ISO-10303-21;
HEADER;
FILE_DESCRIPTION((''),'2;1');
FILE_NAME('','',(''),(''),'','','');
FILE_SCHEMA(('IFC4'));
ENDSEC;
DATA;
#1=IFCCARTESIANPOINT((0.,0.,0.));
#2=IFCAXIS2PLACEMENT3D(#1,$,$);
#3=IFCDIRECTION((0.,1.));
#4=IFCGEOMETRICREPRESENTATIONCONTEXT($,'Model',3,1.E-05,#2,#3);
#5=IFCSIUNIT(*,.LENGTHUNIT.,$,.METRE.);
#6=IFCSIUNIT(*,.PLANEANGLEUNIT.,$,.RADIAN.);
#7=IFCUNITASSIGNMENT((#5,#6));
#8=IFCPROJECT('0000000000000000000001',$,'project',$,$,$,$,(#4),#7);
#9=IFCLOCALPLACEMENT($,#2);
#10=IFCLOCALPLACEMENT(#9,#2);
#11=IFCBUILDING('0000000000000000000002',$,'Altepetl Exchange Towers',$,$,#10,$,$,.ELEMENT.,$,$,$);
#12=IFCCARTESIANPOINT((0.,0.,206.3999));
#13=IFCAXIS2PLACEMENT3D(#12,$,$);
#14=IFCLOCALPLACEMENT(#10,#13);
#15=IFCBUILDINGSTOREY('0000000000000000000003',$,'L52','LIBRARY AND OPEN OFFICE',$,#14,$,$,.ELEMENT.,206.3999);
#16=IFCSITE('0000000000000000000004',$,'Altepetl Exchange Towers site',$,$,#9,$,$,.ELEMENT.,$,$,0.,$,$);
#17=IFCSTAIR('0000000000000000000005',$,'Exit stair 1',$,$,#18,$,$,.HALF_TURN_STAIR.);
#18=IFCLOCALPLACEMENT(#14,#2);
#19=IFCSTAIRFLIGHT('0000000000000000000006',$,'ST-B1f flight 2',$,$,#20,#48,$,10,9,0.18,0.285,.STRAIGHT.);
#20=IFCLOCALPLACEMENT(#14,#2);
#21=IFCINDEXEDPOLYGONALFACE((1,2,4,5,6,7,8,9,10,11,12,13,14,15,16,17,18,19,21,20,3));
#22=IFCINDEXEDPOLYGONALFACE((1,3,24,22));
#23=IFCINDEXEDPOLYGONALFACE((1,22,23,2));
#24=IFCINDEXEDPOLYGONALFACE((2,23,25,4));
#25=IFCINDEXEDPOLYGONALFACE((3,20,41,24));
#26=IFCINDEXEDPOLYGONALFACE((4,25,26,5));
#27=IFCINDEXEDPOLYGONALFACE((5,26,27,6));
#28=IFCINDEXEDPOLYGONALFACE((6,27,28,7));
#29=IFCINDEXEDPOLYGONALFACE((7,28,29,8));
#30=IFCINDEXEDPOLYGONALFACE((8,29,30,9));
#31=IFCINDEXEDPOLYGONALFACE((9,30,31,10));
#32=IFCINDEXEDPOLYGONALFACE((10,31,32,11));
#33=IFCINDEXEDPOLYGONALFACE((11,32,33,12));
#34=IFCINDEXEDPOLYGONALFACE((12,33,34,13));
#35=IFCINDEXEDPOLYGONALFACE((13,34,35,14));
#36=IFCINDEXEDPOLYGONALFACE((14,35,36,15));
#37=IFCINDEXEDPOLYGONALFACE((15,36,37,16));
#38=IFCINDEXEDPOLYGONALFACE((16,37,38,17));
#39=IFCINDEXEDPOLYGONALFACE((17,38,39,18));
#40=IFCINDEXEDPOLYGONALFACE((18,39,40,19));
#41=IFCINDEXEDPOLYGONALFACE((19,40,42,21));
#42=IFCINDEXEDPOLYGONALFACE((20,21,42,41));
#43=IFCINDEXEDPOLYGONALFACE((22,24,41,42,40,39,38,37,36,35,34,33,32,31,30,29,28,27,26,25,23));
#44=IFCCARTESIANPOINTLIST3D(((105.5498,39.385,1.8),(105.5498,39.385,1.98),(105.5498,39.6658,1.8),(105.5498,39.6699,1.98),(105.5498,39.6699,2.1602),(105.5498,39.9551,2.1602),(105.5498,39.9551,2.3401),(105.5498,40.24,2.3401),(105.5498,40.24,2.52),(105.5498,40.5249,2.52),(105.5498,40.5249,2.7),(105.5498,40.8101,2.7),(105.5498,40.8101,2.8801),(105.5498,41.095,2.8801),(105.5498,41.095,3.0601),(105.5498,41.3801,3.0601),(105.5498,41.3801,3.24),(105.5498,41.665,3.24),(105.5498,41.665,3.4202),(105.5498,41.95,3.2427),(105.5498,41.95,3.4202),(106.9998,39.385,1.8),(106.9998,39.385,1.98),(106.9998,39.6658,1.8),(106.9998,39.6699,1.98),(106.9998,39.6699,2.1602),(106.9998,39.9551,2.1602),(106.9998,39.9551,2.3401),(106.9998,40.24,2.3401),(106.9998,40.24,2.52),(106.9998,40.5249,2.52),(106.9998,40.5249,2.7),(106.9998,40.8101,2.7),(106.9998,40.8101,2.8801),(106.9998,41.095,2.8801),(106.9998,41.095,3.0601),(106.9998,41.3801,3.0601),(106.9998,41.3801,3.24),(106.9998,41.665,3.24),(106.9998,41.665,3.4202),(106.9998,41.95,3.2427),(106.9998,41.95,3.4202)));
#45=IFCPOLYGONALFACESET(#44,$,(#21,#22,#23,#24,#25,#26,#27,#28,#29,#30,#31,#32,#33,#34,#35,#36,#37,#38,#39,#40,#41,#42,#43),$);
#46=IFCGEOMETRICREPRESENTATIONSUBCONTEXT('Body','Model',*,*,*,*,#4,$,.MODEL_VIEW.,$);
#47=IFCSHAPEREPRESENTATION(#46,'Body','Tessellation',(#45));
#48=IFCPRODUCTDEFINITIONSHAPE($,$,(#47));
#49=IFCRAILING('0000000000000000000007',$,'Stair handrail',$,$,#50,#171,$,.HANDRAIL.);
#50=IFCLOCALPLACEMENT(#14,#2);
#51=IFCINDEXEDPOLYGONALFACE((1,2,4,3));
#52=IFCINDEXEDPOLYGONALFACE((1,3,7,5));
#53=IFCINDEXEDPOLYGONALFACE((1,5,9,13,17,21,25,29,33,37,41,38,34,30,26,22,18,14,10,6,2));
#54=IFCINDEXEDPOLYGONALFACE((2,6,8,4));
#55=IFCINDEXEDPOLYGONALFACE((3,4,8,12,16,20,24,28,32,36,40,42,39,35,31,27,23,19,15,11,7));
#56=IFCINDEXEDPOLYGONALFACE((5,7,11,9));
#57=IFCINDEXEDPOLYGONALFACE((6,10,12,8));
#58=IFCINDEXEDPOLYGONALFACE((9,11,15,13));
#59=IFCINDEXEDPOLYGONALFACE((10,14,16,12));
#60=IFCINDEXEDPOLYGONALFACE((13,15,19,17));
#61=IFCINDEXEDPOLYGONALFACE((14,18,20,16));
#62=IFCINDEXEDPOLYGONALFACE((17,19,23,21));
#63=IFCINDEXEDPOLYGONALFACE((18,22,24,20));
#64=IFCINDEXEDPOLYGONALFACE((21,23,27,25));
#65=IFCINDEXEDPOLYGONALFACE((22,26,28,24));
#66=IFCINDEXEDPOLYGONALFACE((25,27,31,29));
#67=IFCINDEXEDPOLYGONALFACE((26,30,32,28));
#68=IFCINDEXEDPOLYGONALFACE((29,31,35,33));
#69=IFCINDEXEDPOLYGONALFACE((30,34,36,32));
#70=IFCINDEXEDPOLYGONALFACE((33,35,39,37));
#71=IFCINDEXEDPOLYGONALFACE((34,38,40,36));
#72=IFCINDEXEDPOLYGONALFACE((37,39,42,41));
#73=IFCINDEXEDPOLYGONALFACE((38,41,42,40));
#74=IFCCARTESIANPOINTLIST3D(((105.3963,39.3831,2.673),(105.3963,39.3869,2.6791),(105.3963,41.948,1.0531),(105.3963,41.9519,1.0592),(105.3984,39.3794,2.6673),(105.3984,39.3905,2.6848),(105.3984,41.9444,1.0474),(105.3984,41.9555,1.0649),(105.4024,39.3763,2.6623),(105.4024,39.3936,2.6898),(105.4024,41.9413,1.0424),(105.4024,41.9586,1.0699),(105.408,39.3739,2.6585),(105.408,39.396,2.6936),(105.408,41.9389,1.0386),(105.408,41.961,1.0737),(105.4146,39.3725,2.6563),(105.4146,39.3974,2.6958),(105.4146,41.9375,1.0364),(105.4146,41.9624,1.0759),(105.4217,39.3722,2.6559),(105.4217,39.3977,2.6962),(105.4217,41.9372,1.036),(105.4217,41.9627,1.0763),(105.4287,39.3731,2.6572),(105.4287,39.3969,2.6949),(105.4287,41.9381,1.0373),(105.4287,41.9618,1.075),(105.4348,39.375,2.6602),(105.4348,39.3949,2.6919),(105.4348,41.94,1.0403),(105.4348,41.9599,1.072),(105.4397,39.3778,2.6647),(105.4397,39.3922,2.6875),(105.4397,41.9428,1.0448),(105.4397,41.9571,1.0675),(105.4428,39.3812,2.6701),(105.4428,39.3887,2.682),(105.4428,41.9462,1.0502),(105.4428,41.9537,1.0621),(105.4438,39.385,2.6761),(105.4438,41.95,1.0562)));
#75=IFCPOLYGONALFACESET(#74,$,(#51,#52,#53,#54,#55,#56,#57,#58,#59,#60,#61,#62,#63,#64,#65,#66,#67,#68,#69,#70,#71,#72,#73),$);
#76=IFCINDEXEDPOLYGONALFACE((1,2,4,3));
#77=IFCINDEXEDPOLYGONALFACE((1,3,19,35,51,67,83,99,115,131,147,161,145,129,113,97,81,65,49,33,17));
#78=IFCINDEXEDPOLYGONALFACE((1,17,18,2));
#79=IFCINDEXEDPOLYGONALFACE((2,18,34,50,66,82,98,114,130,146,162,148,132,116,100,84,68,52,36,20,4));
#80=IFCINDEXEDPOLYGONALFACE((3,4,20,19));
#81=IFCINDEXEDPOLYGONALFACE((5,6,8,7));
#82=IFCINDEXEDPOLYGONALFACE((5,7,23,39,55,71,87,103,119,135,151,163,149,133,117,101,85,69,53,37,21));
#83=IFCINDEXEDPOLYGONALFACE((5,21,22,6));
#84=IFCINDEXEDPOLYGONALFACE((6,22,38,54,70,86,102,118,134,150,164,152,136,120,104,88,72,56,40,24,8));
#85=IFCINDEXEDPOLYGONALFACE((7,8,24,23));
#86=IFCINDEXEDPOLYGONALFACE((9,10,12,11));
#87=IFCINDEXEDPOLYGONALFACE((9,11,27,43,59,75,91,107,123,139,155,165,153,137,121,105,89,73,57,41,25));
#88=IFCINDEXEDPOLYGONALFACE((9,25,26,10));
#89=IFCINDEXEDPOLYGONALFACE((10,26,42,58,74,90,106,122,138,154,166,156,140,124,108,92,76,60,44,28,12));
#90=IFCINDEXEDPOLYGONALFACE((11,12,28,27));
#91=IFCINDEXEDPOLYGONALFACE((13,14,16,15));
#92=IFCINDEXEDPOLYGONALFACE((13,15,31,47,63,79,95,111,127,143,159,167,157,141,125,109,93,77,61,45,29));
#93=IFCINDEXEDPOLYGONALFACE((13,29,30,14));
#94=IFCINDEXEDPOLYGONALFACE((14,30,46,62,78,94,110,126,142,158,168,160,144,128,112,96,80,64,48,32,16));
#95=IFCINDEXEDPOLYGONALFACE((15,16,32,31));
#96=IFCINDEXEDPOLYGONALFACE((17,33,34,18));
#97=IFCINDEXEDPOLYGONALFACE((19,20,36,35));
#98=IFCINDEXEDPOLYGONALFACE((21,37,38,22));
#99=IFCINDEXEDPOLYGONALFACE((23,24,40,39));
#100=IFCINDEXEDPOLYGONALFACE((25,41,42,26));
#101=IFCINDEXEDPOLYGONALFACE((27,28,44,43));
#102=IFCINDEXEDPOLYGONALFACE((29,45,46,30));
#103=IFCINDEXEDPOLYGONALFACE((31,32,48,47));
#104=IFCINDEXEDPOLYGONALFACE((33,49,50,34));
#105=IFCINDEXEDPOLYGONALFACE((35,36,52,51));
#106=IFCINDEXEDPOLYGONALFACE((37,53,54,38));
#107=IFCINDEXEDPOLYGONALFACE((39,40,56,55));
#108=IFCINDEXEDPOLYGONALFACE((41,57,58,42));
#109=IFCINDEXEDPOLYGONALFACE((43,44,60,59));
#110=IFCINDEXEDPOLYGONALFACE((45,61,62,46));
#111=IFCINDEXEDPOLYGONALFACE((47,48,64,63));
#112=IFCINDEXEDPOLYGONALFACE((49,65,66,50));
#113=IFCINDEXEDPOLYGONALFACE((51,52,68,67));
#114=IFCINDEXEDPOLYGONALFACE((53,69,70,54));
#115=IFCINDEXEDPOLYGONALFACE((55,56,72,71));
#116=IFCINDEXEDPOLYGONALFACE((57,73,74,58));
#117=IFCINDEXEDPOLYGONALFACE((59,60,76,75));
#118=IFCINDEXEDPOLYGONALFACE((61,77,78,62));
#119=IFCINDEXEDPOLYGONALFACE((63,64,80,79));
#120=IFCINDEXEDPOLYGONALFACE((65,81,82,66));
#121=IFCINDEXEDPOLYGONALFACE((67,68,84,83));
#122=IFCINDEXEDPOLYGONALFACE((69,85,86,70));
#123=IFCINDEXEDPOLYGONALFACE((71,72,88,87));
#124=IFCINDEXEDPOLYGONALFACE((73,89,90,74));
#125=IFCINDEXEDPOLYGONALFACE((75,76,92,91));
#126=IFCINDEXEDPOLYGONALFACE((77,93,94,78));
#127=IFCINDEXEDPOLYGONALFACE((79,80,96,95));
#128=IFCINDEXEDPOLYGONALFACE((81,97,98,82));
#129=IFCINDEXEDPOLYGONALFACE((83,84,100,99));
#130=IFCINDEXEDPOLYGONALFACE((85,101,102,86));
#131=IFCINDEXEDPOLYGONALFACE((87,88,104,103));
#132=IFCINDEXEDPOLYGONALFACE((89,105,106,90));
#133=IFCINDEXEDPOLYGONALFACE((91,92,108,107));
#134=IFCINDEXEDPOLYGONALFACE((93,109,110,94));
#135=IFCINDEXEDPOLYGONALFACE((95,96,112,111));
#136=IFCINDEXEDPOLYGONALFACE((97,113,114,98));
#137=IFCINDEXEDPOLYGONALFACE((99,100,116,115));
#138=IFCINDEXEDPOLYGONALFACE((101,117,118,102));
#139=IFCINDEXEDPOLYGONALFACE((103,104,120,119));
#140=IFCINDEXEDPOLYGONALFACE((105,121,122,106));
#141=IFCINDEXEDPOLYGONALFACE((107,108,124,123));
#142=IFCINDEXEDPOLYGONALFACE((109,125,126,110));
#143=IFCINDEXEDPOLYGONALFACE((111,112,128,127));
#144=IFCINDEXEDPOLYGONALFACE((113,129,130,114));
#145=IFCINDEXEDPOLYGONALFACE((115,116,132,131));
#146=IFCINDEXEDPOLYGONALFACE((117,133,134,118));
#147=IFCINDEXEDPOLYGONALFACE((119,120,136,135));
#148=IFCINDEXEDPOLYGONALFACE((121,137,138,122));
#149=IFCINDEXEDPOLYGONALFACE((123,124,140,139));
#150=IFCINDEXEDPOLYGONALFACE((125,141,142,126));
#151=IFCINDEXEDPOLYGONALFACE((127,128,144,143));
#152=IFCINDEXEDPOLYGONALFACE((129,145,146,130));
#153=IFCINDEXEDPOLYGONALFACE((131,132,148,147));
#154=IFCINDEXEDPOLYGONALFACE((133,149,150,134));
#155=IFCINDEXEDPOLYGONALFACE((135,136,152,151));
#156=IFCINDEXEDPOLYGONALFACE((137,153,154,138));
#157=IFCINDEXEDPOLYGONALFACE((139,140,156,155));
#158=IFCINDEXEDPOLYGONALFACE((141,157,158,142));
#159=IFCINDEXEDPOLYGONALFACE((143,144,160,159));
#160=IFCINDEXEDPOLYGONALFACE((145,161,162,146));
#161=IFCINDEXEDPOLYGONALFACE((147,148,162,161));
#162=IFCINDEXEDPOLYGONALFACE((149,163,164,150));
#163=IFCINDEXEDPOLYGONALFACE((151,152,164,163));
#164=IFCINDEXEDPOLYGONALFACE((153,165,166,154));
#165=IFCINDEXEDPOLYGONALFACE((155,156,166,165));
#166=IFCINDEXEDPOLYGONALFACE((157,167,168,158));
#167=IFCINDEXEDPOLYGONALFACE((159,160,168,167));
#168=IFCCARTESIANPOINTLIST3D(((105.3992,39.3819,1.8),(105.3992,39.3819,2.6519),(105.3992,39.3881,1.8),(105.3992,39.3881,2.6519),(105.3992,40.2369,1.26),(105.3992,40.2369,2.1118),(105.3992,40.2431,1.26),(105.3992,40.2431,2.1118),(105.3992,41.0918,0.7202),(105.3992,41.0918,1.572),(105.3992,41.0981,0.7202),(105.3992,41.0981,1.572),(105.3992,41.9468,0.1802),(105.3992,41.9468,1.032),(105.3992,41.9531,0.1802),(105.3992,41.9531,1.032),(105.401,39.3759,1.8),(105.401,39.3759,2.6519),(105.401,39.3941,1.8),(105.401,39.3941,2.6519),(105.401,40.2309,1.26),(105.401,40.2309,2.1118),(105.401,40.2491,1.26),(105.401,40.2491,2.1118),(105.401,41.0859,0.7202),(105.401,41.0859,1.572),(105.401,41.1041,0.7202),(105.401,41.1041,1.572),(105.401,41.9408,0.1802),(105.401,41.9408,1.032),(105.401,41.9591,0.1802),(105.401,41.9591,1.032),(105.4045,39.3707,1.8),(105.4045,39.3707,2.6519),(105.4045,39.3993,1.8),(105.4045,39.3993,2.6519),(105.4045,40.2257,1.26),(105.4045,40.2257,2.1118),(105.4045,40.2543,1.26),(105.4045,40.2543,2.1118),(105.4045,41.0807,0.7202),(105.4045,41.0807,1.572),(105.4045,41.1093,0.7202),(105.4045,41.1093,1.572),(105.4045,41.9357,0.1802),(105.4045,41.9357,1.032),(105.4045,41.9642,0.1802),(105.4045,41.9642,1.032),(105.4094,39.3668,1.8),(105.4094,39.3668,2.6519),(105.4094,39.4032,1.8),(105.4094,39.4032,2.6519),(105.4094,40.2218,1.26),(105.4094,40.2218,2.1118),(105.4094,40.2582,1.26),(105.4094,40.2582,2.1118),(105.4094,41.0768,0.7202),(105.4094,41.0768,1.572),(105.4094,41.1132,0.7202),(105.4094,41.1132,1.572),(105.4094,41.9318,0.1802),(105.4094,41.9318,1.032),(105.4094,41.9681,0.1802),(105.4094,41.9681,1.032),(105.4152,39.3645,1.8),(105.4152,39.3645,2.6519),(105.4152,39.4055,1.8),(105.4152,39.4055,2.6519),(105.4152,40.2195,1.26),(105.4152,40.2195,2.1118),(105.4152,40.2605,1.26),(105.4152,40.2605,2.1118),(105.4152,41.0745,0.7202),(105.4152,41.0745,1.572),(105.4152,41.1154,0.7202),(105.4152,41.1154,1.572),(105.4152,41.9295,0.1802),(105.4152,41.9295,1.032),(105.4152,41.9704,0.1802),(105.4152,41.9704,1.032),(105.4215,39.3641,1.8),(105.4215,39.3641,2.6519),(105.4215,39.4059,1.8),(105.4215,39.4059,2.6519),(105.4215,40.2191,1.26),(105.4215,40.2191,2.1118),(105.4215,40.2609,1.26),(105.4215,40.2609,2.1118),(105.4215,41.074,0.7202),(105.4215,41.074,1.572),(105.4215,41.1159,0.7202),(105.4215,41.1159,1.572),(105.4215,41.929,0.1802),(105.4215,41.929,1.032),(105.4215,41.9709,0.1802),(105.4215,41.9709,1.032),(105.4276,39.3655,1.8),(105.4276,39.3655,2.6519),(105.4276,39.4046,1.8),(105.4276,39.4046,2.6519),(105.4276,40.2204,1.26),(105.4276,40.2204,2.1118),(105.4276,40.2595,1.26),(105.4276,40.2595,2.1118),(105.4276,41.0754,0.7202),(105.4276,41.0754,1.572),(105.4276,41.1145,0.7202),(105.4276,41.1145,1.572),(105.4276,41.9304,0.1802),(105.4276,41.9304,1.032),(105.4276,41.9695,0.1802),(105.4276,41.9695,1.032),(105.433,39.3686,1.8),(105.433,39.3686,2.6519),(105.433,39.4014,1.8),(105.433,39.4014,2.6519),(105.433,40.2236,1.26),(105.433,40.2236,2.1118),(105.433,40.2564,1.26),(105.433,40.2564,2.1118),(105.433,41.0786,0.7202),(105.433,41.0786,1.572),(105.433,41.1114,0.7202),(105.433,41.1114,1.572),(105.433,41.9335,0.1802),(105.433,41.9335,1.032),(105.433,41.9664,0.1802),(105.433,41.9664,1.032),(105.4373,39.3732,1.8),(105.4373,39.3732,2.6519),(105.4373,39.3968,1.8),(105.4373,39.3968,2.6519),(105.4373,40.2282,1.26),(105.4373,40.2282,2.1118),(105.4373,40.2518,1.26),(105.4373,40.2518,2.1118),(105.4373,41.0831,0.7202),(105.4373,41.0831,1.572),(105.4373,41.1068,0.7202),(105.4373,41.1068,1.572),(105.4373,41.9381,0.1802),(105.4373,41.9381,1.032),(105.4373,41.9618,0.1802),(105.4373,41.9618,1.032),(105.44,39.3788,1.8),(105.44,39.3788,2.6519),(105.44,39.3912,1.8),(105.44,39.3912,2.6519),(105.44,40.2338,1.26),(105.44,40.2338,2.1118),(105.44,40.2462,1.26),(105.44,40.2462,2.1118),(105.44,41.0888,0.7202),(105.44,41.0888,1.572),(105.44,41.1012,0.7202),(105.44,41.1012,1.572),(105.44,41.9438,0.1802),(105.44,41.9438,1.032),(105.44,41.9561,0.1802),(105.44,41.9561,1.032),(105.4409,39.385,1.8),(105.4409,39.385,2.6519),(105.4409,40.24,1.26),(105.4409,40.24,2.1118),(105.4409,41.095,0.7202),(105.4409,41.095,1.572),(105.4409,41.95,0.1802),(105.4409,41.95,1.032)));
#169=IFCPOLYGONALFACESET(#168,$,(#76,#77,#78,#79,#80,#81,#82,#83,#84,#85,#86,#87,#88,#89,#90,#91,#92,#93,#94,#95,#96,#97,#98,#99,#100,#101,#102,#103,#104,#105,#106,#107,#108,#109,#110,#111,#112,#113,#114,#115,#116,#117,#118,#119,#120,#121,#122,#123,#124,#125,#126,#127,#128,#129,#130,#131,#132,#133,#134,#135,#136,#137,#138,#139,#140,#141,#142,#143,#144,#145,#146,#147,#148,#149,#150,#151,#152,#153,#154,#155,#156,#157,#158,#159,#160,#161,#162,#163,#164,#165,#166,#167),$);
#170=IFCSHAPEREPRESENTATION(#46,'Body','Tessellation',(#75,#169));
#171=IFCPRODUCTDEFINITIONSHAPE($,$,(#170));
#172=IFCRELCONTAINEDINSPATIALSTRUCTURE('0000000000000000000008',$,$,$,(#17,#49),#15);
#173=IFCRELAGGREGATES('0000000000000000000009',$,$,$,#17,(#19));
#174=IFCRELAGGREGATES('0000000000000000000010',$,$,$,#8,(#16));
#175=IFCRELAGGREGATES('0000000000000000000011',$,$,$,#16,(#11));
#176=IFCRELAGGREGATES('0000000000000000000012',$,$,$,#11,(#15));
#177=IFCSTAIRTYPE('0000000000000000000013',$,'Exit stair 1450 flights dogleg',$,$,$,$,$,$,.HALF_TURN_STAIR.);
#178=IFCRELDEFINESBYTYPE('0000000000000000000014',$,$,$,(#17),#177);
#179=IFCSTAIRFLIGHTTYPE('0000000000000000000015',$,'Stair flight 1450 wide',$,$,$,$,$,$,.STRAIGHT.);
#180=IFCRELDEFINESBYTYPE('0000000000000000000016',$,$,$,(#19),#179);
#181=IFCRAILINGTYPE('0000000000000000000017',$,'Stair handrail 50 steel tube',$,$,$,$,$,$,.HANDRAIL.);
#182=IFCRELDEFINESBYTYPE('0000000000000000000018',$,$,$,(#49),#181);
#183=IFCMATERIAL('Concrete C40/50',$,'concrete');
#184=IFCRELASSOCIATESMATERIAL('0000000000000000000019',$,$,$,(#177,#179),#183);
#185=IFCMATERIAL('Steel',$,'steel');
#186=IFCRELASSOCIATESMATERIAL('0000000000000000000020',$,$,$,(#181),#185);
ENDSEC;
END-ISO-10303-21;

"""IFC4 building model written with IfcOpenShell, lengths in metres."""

from ifc_helpers import new_model, si_unit, direction, frame, origin, origin_2d, place, context, subcontext, project, spatial, polyline, circle, outline, extrude, source, transform, mapped, material, type_object, element, aggregate, save


model = new_model("IFC4")

# Units and contexts
model_context = context("Model", 3, precision=1e-05, world=origin(), true_north=direction((0.0, 1.0)))
body_context = subcontext(model_context, "Body", "Model", "MODEL_VIEW")
ifc_project = project(units=[si_unit("LENGTHUNIT", "METRE"), si_unit("PLANEANGLEUNIT", "RADIAN")], contexts=[model_context])

# Site, building, storey
site_placement = place(None, origin())
site = spatial("IfcSite", under=ifc_project, at=site_placement, Name="Altepetl Exchange Towers site", CompositionType="ELEMENT", RefElevation=0.0)
building_placement = place(site_placement, origin())
building = spatial("IfcBuilding", under=site, at=building_placement, Name="Altepetl Exchange Towers", CompositionType="ELEMENT")
storey_placement = place(building_placement, frame((0.0, 0.0, 206.3999)))
storey = spatial("IfcBuildingStorey", under=building, at=storey_placement, Name="L52", Description="LIBRARY AND OPEN OFFICE", CompositionType="ELEMENT", Elevation=206.3999)

# Shared definitions
ifc_material_1 = material(Name="Concrete C40/50", Category="concrete")

# Stair, stair flight
stair_type = type_object("IfcStairType", Name="Exit stair 1450 flights dogleg", PredefinedType="HALF_TURN_STAIR", material=ifc_material_1)
stair_placement = place(storey_placement, origin())
stair = element("IfcStair", 1, at=stair_placement, inside=storey, type_object=stair_type, Name="Exit stair 1", PredefinedType="HALF_TURN_STAIR")
stair_flight_type = type_object("IfcStairFlightType", Name="Stair flight 1450 wide", PredefinedType="STRAIGHT", material=ifc_material_1)
stair_flight_1_placement = place(storey_placement, frame((106.2749, 39.385, 1.8), z_axis=(0.0, 0.0, 1.0), x_axis=(0.0, 1.0, 0.0)))
stair_flight_1 = element("IfcStairFlight", 2, at=stair_flight_1_placement, type_object=stair_flight_type, Name="ST-B1f flight 2", NumberOfRisers=10, NumberOfTreads=9, PredefinedType="STRAIGHT", RiserHeight=0.18, TreadLength=0.285, context=body_context, shape_type="SweptSolid", body=[
    extrude(outline(polyline([(0.0, 0.0), (0.0, 0.1799), (0.2849, 0.1799), (0.2849, 0.3601), (0.5701, 0.3601), (0.5701, 0.54), (0.855, 0.54), (0.855, 0.72), (1.1399, 0.72), (1.1399, 0.8999), (1.425, 0.8999), (1.425, 1.0801), (1.71, 1.0801), (1.71, 1.26), (1.9951, 1.26), (1.9951, 1.4399), (2.28, 1.4399), (2.28, 1.6201), (2.5649, 1.6201), (2.5649, 1.8), (2.5649, 1.4426), (0.2808, 0.0), (0.0, 0.0)])), frame((0.0, 0.7251, 0.0), z_axis=(0.0, -1.0, 0.0), x_axis=(1.0, 0.0, 0.0)), (0.0, 0.0, 1.0), 1.45),
])
aggregate(stair, [stair_flight_1])

# Railing
ifc_material_2 = material(Name="Steel", Category="steel")
railing_type = type_object("IfcRailingType", Name="Stair handrail 50 steel tube", PredefinedType="HANDRAIL", material=ifc_material_2)
shared_shape = source(origin(), body_context, "Body", "SweptSolid", [
    extrude(circle(Radius=0.021, at=origin_2d()), origin(), (0.0, 0.0, 1.0), 0.8518),
])
railing_1_placement = place(storey_placement, frame((105.4199, 41.95, 0.1802)))
element("IfcRailing", 3, at=railing_1_placement, inside=storey, type_object=railing_type, Name="Stair handrail", PredefinedType="HANDRAIL", context=body_context, shape_type="SweptSolid", body=[
    extrude(circle(Radius=0.0239, at=origin_2d()), frame((0.0, 0.0, 0.876), z_axis=(0.0, -0.845502, 0.533972), x_axis=(1.0, 0.0, 0.0)), (0.0, 0.0, 1.0), 3.0337),
    mapped(shared_shape, transform((0.0, 0.0, 0.0))),
    mapped(shared_shape, transform((0.0, -0.855, 0.54))),
    mapped(shared_shape, transform((0.0, -1.71, 1.0798))),
    mapped(shared_shape, transform((0.0, -2.5649, 1.6199))),
])

save(model, "model.ifc")
